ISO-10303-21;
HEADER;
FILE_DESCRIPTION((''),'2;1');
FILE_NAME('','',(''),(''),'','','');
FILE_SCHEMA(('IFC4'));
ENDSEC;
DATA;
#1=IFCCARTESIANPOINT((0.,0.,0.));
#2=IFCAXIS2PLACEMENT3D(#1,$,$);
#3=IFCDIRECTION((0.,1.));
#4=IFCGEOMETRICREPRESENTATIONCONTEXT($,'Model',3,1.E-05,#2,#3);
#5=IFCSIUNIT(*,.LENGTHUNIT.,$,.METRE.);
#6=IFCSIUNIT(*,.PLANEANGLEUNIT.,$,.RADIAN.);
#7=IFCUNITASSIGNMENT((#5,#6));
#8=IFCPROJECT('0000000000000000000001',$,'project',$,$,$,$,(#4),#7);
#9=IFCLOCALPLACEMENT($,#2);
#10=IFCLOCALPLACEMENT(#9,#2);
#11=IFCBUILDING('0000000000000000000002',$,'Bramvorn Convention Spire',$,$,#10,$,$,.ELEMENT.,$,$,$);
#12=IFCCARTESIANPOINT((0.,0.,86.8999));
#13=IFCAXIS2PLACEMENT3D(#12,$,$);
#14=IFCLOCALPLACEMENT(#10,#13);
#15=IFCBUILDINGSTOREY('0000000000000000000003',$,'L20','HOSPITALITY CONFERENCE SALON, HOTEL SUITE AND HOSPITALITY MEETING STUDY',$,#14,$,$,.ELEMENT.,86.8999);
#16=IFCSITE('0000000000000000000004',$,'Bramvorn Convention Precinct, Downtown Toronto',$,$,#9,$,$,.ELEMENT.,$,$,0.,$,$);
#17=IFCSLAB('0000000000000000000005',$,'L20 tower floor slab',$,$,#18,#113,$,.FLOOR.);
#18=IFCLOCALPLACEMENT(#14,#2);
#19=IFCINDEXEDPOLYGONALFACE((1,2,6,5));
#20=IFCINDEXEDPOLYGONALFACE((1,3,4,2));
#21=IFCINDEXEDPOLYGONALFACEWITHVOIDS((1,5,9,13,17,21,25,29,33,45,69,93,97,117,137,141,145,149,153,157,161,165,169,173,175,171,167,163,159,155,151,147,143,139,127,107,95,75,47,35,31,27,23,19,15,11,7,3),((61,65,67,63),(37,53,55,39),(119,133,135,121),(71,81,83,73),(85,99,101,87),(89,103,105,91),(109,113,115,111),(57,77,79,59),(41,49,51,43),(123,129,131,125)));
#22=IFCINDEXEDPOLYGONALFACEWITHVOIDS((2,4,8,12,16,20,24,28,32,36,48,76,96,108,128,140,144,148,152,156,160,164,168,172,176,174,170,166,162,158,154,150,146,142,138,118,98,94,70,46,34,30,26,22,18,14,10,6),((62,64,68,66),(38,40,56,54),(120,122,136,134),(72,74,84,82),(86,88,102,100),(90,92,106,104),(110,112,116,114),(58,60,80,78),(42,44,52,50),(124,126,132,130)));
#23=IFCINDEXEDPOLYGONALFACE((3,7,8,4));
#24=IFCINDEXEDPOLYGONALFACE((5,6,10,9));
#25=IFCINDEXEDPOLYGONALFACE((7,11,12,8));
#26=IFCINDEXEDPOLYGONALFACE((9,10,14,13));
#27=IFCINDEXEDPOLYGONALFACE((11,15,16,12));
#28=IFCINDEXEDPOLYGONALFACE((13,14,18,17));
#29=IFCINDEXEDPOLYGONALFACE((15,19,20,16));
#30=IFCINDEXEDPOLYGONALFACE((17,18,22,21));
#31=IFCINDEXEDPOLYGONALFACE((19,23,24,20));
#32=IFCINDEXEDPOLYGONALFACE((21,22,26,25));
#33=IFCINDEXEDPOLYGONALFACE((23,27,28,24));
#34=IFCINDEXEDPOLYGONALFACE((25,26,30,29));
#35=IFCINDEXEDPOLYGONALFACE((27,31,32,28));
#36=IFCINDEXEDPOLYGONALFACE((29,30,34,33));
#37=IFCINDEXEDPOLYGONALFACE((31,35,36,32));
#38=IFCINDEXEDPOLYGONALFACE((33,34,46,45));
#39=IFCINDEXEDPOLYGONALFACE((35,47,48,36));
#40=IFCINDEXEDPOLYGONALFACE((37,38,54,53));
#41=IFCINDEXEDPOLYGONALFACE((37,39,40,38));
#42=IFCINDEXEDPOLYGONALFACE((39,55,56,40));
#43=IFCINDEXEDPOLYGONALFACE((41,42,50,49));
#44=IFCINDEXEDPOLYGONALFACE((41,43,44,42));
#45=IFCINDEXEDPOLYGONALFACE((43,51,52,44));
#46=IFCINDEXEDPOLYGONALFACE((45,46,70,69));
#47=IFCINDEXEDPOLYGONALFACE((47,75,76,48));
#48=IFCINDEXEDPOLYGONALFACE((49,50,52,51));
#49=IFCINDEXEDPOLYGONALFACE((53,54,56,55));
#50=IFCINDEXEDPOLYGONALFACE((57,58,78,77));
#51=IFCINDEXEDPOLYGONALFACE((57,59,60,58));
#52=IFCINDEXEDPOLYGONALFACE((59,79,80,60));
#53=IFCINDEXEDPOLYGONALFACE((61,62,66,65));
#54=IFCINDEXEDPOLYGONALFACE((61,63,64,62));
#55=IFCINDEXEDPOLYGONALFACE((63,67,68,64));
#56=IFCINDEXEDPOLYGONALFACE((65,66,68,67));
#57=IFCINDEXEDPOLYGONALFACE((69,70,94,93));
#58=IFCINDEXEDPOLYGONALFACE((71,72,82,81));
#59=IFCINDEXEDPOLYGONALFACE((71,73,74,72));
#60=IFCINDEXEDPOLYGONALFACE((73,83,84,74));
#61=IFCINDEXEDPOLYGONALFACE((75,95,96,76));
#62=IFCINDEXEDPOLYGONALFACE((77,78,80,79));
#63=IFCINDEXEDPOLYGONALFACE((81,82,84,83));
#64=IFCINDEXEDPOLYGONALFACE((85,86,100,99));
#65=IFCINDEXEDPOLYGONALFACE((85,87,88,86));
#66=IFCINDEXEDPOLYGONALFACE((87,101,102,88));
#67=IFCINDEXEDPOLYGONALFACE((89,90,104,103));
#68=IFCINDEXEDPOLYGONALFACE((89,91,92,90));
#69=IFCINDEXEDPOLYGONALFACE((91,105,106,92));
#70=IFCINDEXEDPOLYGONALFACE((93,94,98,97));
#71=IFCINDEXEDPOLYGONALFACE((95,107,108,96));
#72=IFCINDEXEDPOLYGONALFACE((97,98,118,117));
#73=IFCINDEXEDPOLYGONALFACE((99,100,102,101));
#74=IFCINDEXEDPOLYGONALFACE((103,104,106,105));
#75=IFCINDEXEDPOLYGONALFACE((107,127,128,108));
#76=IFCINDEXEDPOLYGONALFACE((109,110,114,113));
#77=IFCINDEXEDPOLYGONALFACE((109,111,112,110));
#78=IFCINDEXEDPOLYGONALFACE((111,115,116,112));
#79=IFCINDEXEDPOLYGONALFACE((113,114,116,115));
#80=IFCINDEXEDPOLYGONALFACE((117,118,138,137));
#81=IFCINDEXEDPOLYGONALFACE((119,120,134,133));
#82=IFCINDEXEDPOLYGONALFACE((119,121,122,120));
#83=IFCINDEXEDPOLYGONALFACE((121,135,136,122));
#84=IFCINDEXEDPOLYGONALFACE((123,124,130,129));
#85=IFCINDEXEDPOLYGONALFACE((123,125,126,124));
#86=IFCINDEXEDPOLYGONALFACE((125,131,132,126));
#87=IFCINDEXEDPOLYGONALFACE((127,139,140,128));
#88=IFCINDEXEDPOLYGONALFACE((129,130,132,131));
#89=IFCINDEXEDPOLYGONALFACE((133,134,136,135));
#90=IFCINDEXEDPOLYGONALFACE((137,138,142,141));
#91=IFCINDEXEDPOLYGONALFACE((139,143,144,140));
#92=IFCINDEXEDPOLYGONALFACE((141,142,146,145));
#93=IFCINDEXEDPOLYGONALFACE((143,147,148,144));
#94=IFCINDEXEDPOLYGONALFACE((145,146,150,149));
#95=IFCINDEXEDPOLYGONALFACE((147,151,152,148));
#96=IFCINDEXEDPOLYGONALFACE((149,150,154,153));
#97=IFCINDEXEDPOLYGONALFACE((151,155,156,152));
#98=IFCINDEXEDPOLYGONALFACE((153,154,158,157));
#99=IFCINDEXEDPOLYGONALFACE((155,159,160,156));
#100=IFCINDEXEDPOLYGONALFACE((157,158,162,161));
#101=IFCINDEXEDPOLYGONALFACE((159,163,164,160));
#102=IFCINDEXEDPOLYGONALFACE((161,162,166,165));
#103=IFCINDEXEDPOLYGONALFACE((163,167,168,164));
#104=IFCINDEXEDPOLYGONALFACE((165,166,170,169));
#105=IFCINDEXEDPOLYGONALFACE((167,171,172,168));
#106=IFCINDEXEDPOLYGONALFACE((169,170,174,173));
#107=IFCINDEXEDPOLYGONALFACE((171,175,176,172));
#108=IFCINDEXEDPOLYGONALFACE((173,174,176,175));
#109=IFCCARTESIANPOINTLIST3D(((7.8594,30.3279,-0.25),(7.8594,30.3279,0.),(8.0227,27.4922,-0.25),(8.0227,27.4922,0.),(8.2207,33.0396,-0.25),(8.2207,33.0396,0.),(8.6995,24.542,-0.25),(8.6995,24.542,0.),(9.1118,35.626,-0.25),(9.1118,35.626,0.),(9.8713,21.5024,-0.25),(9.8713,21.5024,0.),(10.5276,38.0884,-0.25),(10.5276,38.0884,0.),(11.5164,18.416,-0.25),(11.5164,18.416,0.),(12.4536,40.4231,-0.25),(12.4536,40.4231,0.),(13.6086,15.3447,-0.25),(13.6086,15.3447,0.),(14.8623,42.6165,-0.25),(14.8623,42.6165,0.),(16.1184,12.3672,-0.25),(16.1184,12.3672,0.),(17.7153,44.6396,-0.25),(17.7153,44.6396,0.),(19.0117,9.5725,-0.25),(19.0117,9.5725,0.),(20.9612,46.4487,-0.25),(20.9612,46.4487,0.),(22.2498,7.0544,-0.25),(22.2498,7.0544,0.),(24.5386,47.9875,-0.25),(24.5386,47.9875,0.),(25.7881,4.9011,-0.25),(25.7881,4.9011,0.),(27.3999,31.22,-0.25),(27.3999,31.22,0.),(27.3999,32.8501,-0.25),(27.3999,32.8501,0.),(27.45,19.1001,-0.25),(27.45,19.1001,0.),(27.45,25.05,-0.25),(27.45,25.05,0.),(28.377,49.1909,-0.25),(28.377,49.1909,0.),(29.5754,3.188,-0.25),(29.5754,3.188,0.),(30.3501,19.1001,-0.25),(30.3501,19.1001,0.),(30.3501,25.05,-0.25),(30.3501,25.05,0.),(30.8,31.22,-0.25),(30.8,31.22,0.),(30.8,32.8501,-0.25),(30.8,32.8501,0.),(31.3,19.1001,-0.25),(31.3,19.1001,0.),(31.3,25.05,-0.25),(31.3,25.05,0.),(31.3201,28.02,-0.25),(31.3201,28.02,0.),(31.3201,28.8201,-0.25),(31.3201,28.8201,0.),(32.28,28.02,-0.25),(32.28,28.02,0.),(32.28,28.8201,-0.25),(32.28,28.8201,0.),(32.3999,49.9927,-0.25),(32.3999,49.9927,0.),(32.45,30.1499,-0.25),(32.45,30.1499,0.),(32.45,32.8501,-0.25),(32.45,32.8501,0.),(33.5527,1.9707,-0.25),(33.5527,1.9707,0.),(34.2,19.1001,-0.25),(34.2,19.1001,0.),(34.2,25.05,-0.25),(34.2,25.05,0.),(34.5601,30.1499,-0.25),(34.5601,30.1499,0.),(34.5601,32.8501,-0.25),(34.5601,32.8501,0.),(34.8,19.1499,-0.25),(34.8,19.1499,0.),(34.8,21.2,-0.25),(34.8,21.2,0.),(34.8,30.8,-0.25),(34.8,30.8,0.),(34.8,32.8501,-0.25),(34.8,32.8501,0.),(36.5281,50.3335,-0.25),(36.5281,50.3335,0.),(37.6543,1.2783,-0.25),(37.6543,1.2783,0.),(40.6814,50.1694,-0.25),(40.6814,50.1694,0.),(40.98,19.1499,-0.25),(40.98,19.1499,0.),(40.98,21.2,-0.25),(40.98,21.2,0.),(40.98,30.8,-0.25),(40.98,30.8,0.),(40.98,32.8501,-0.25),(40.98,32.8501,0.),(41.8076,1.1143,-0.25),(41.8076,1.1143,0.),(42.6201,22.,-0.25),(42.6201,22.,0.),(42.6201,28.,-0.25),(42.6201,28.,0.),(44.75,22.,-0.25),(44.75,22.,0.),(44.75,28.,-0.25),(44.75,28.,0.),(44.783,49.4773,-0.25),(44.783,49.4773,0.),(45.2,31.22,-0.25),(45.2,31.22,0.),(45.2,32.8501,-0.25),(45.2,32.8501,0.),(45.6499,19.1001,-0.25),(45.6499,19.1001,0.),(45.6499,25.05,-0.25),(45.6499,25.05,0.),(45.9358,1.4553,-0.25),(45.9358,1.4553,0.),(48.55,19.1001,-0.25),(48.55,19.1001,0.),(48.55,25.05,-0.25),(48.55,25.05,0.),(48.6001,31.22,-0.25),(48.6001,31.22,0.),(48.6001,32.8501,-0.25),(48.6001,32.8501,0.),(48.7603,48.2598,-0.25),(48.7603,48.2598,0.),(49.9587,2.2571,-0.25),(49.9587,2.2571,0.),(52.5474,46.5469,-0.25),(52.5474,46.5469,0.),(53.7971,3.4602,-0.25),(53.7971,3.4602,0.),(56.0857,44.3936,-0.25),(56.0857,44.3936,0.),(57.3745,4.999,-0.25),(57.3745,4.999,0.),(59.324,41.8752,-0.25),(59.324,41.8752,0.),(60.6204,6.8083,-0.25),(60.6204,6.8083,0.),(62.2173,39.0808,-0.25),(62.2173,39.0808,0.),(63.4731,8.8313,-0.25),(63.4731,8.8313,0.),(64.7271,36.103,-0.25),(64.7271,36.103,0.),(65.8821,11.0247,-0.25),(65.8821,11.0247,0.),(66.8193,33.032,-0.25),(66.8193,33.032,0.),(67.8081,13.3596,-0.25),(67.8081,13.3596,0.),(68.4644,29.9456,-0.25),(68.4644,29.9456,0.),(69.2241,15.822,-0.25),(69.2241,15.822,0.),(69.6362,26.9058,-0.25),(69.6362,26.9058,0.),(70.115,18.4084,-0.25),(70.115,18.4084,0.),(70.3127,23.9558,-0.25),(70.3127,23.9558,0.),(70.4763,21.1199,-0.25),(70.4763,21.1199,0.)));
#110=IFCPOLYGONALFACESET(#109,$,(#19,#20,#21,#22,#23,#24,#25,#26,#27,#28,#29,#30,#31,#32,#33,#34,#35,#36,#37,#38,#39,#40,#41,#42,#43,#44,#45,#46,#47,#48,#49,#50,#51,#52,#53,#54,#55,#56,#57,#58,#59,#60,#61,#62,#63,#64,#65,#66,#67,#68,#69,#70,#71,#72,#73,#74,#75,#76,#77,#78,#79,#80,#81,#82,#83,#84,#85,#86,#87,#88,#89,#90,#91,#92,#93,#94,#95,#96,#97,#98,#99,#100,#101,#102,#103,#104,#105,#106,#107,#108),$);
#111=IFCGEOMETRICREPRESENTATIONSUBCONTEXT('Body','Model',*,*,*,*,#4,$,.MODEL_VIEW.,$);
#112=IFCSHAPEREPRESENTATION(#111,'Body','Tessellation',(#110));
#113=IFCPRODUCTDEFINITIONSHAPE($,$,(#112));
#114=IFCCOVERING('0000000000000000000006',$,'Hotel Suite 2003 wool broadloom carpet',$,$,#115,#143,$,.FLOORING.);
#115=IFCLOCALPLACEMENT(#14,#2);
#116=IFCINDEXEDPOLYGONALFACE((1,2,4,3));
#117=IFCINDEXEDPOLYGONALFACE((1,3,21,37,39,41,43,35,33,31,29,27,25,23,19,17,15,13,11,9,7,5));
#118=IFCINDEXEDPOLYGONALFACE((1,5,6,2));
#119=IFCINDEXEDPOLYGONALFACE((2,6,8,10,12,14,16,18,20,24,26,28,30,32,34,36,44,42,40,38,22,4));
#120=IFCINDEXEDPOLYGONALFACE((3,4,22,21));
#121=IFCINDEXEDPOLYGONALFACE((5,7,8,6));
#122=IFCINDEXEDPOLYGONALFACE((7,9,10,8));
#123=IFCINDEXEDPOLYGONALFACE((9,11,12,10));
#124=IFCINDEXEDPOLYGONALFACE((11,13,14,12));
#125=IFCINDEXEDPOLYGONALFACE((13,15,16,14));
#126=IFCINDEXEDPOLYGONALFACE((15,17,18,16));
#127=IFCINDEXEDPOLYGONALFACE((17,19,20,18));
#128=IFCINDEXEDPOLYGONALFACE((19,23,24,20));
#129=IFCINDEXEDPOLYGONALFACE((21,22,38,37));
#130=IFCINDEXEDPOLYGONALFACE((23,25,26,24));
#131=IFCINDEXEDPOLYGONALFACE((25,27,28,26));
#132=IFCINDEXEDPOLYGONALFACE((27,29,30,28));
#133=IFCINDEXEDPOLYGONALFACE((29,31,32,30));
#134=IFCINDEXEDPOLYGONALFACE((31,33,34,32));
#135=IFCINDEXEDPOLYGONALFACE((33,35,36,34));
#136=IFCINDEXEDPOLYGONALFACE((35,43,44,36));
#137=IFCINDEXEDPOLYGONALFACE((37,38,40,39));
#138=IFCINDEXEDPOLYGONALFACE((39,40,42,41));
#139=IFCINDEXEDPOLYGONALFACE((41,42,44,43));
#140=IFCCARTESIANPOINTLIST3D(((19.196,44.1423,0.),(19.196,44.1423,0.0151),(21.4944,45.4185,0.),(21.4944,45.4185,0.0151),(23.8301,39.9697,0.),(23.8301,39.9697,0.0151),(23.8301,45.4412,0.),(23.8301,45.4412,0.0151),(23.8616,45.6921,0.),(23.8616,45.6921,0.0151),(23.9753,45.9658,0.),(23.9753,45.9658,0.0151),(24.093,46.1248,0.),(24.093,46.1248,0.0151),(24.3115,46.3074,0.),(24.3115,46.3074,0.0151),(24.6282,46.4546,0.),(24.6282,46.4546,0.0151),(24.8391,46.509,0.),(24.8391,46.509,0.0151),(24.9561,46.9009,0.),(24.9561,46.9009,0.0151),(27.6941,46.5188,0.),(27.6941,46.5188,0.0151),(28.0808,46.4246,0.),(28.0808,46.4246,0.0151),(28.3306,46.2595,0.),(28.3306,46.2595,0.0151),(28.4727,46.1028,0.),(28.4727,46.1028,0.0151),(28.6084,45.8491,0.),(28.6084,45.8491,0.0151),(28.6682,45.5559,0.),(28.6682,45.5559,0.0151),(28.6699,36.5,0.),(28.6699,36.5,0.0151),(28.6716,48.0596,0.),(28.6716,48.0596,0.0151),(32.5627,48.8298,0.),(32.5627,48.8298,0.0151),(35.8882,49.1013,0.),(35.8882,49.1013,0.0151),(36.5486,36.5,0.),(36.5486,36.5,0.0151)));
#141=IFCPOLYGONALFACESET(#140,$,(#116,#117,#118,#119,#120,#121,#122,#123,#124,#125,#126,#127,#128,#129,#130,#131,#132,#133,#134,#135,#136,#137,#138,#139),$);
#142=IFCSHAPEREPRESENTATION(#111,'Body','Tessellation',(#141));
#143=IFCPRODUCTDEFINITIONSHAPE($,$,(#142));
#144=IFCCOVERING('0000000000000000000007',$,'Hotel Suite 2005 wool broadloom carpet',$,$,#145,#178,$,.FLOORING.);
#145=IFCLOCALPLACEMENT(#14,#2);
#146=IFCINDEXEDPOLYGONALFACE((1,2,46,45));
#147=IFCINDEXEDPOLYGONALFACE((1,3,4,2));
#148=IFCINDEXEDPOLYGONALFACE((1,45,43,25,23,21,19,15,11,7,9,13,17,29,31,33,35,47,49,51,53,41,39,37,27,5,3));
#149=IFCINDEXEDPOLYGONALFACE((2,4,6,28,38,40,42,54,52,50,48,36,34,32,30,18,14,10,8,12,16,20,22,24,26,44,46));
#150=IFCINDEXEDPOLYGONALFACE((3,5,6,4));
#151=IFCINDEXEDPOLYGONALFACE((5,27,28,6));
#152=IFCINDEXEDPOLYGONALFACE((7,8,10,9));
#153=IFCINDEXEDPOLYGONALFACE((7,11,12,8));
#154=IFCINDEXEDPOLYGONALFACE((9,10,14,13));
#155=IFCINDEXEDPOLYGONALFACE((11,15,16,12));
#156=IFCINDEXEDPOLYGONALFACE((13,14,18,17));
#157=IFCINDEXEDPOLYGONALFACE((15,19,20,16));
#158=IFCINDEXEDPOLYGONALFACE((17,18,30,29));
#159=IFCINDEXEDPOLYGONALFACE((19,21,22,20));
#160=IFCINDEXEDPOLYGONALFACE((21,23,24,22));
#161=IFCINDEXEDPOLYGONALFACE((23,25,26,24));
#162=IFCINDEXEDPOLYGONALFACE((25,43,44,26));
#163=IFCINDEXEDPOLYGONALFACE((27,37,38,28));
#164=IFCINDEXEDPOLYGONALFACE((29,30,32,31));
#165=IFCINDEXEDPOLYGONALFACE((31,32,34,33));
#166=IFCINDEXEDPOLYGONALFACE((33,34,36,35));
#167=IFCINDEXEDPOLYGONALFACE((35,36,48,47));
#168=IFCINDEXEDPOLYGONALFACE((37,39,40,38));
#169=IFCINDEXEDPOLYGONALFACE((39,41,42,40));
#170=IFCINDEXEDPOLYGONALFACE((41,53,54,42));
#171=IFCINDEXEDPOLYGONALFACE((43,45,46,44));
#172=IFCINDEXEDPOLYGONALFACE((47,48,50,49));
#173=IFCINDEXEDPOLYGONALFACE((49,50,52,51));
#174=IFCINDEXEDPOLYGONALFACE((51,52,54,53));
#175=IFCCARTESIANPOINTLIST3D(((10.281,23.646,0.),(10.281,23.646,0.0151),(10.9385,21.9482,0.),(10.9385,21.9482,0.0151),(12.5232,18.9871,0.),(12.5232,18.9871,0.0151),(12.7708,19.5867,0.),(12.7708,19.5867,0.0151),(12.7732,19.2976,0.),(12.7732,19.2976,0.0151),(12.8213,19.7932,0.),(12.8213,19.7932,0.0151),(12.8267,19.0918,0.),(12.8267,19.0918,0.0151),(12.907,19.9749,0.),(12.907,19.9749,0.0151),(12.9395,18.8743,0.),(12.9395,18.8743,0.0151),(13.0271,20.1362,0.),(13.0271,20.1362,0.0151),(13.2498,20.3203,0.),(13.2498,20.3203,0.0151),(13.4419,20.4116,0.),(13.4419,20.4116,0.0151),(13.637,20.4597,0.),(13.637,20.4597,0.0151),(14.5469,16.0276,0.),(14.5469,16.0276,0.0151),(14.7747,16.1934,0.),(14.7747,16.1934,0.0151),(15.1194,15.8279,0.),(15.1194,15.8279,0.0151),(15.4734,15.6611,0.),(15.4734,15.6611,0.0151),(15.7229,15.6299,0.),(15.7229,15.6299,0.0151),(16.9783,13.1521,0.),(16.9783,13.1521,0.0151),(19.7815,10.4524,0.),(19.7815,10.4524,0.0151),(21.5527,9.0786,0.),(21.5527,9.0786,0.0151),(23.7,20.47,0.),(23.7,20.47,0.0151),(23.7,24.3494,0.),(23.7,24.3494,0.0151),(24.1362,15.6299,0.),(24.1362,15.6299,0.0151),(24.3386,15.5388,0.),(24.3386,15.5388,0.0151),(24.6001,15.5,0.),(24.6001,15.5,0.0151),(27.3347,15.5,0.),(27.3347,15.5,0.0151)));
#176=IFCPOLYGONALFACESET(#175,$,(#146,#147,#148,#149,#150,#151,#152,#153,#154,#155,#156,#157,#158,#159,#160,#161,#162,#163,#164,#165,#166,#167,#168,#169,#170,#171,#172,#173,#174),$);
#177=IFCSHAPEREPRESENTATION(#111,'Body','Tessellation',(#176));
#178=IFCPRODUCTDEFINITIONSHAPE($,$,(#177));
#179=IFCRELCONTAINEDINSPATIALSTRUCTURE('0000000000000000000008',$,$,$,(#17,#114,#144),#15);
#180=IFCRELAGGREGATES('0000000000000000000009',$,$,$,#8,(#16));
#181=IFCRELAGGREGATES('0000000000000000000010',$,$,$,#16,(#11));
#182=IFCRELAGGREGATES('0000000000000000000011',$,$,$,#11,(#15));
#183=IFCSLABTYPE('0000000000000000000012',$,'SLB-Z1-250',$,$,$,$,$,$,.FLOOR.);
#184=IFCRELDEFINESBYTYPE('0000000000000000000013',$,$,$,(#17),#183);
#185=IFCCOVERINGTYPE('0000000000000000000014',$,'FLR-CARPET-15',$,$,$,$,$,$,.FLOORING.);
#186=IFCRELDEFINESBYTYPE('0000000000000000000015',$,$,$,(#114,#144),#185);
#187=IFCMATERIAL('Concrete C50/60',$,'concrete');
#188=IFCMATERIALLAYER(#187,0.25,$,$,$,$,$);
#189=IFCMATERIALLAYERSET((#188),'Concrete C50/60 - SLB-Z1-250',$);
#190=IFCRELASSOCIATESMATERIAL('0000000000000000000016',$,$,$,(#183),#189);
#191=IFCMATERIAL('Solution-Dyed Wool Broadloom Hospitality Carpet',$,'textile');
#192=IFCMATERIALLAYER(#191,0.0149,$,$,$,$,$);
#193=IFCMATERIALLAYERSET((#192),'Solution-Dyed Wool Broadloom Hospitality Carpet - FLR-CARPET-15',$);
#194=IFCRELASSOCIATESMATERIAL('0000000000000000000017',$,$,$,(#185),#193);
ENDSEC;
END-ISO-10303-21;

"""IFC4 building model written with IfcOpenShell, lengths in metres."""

from ifc_helpers import new_model, si_unit, direction, frame, origin, place, context, subcontext, project, spatial, polyline, outline, extrude, material, layer, layer_set, type_object, element, save


model = new_model("IFC4")

# Units and contexts
model_context = context("Model", 3, precision=1e-05, world=origin(), true_north=direction((0.0, 1.0)))
body_context = subcontext(model_context, "Body", "Model", "MODEL_VIEW")
ifc_project = project(units=[si_unit("LENGTHUNIT", "METRE"), si_unit("PLANEANGLEUNIT", "RADIAN")], contexts=[model_context])

# Site, building, storey
site_placement = place(None, origin())
site = spatial("IfcSite", under=ifc_project, at=site_placement, Name="Bramvorn Convention Precinct, Downtown Toronto", CompositionType="ELEMENT", RefElevation=0.0)
building_placement = place(site_placement, origin())
building = spatial("IfcBuilding", under=site, at=building_placement, Name="Bramvorn Convention Spire", CompositionType="ELEMENT")
storey_placement = place(building_placement, frame((0.0, 0.0, 86.8999)))
storey = spatial("IfcBuildingStorey", under=building, at=storey_placement, Name="L20", Description="HOSPITALITY CONFERENCE SALON, HOTEL SUITE AND HOSPITALITY MEETING STUDY", CompositionType="ELEMENT", Elevation=86.8999)

# Slab
ifc_material_1 = material(Name="Concrete C50/60", Category="concrete")
ifc_layer_1 = layer(ifc_material_1, 0.25)
ifc_layer_set_1 = layer_set([ifc_layer_1], Name="Concrete C50/60 - SLB-Z1-250")
slab_type_1 = type_object("IfcSlabType", Name="SLB-Z1-250", PredefinedType="FLOOR", material=ifc_layer_set_1)
slab_1_placement = place(storey_placement, frame((0.0, 0.0, -0.25)))
element("IfcSlab", 1, at=slab_1_placement, inside=storey, type_object=slab_type_1, Name="L20 tower floor slab", PredefinedType="FLOOR", context=body_context, shape_type="SweptSolid", body=[
    extrude(outline(polyline([(70.115, 18.4084), (70.4763, 21.1199), (70.3127, 23.9558), (69.6362, 26.9058), (68.4644, 29.9456), (66.8193, 33.032), (64.7271, 36.103), (62.2173, 39.0808), (59.324, 41.8752), (56.0857, 44.3936), (52.5474, 46.5469), (48.7603, 48.2598), (44.783, 49.4773), (40.6814, 50.1694), (36.5281, 50.3335), (32.3999, 49.9927), (28.377, 49.1909), (24.5386, 47.9875), (20.9612, 46.4487), (17.7153, 44.6396), (14.8623, 42.6165), (12.4536, 40.4231), (10.5276, 38.0884), (9.1118, 35.626), (8.2207, 33.0396), (7.8594, 30.3279), (8.0227, 27.4922), (8.6995, 24.542), (9.8713, 21.5024), (11.5164, 18.416), (13.6086, 15.3447), (16.1184, 12.3672), (19.0117, 9.5725), (22.2498, 7.0544), (25.7881, 4.9011), (29.5754, 3.188), (33.5527, 1.9707), (37.6543, 1.2783), (41.8076, 1.1143), (45.9358, 1.4553), (49.9587, 2.2571), (53.7971, 3.4602), (57.3745, 4.999), (60.6204, 6.8083), (63.4731, 8.8313), (65.8821, 11.0247), (67.8081, 13.3596), (69.2241, 15.822), (70.115, 18.4084)]), holes=[polyline([(27.45, 25.05), (27.45, 19.1001), (30.3501, 19.1001), (30.3501, 25.05), (27.45, 25.05)]), polyline([(45.6499, 25.05), (45.6499, 19.1001), (48.55, 19.1001), (48.55, 25.05), (45.6499, 25.05)]), polyline([(31.3, 25.05), (31.3, 19.1001), (34.2, 19.1001), (34.2, 25.05), (31.3, 25.05)]), polyline([(27.3999, 31.22), (30.8, 31.22), (30.8, 32.8501), (27.3999, 32.8501), (27.3999, 31.22)]), polyline([(45.2, 31.22), (48.6001, 31.22), (48.6001, 32.8501), (45.2, 32.8501), (45.2, 31.22)]), polyline([(32.45, 30.1499), (34.5601, 30.1499), (34.5601, 32.8501), (32.45, 32.8501), (32.45, 30.1499)]), polyline([(34.8, 30.8), (40.98, 30.8), (40.98, 32.8501), (34.8, 32.8501), (34.8, 30.8)]), polyline([(34.8, 19.1499), (40.98, 19.1499), (40.98, 21.2), (34.8, 21.2), (34.8, 19.1499)]), polyline([(42.6201, 22.0), (44.75, 22.0), (44.75, 28.0), (42.6201, 28.0), (42.6201, 22.0)]), polyline([(31.3201, 28.02), (32.28, 28.02), (32.28, 28.8201), (31.3201, 28.8201), (31.3201, 28.02)])]), origin(), (0.0, 0.0, 1.0), 0.25),
])

# Coverings
ifc_material_2 = material(Name="Solution-Dyed Wool Broadloom Hospitality Carpet", Category="textile")
ifc_layer_2 = layer(ifc_material_2, 0.0149)
ifc_layer_set_2 = layer_set([ifc_layer_2], Name="Solution-Dyed Wool Broadloom Hospitality Carpet - FLR-CARPET-15")
covering_type = type_object("IfcCoveringType", Name="FLR-CARPET-15", PredefinedType="FLOORING", material=ifc_layer_set_2)
covering_1_placement = place(storey_placement, origin())
element("IfcCovering", 2, at=covering_1_placement, inside=storey, type_object=covering_type, Name="Hotel Suite 2003 wool broadloom carpet", PredefinedType="FLOORING", context=body_context, shape_type="SweptSolid", body=[
    extrude(outline(polyline([(23.8301, 39.9697), (23.8301, 45.4412), (23.8616, 45.6921), (23.9753, 45.9658), (24.093, 46.1248), (24.3115, 46.3074), (24.6282, 46.4546), (24.8391, 46.509), (27.6941, 46.5188), (28.0808, 46.4246), (28.3306, 46.2595), (28.4727, 46.1028), (28.6084, 45.8491), (28.6682, 45.5559), (28.6699, 36.5), (36.5486, 36.5), (35.8882, 49.1013), (32.5627, 48.8298), (28.6716, 48.0596), (24.9561, 46.9009), (21.4944, 45.4185), (19.196, 44.1423), (23.8301, 39.9697)])), origin(), (0.0, 0.0, 1.0), 0.0151),
])
covering_2_placement = place(storey_placement, origin())
element("IfcCovering", 3, at=covering_2_placement, inside=storey, type_object=covering_type, Name="Hotel Suite 2005 wool broadloom carpet", PredefinedType="FLOORING", context=body_context, shape_type="SweptSolid", body=[
    extrude(outline(polyline([(19.7815, 10.4524), (21.5527, 9.0786), (27.3347, 15.5), (24.6001, 15.5), (24.3386, 15.5388), (24.1362, 15.6299), (15.7229, 15.6299), (15.4734, 15.6611), (15.1194, 15.8279), (14.7747, 16.1934), (12.9395, 18.8743), (12.8267, 19.0918), (12.7732, 19.2976), (12.7708, 19.5867), (12.8213, 19.7932), (12.907, 19.9749), (13.0271, 20.1362), (13.2498, 20.3203), (13.4419, 20.4116), (13.637, 20.4597), (23.7, 20.47), (23.7, 24.3494), (10.281, 23.646), (10.9385, 21.9482), (12.5232, 18.9871), (14.5469, 16.0276), (16.9783, 13.1521), (19.7815, 10.4524)])), origin(), (0.0, 0.0, 1.0), 0.0151),
])

save(model, "model.ifc")
